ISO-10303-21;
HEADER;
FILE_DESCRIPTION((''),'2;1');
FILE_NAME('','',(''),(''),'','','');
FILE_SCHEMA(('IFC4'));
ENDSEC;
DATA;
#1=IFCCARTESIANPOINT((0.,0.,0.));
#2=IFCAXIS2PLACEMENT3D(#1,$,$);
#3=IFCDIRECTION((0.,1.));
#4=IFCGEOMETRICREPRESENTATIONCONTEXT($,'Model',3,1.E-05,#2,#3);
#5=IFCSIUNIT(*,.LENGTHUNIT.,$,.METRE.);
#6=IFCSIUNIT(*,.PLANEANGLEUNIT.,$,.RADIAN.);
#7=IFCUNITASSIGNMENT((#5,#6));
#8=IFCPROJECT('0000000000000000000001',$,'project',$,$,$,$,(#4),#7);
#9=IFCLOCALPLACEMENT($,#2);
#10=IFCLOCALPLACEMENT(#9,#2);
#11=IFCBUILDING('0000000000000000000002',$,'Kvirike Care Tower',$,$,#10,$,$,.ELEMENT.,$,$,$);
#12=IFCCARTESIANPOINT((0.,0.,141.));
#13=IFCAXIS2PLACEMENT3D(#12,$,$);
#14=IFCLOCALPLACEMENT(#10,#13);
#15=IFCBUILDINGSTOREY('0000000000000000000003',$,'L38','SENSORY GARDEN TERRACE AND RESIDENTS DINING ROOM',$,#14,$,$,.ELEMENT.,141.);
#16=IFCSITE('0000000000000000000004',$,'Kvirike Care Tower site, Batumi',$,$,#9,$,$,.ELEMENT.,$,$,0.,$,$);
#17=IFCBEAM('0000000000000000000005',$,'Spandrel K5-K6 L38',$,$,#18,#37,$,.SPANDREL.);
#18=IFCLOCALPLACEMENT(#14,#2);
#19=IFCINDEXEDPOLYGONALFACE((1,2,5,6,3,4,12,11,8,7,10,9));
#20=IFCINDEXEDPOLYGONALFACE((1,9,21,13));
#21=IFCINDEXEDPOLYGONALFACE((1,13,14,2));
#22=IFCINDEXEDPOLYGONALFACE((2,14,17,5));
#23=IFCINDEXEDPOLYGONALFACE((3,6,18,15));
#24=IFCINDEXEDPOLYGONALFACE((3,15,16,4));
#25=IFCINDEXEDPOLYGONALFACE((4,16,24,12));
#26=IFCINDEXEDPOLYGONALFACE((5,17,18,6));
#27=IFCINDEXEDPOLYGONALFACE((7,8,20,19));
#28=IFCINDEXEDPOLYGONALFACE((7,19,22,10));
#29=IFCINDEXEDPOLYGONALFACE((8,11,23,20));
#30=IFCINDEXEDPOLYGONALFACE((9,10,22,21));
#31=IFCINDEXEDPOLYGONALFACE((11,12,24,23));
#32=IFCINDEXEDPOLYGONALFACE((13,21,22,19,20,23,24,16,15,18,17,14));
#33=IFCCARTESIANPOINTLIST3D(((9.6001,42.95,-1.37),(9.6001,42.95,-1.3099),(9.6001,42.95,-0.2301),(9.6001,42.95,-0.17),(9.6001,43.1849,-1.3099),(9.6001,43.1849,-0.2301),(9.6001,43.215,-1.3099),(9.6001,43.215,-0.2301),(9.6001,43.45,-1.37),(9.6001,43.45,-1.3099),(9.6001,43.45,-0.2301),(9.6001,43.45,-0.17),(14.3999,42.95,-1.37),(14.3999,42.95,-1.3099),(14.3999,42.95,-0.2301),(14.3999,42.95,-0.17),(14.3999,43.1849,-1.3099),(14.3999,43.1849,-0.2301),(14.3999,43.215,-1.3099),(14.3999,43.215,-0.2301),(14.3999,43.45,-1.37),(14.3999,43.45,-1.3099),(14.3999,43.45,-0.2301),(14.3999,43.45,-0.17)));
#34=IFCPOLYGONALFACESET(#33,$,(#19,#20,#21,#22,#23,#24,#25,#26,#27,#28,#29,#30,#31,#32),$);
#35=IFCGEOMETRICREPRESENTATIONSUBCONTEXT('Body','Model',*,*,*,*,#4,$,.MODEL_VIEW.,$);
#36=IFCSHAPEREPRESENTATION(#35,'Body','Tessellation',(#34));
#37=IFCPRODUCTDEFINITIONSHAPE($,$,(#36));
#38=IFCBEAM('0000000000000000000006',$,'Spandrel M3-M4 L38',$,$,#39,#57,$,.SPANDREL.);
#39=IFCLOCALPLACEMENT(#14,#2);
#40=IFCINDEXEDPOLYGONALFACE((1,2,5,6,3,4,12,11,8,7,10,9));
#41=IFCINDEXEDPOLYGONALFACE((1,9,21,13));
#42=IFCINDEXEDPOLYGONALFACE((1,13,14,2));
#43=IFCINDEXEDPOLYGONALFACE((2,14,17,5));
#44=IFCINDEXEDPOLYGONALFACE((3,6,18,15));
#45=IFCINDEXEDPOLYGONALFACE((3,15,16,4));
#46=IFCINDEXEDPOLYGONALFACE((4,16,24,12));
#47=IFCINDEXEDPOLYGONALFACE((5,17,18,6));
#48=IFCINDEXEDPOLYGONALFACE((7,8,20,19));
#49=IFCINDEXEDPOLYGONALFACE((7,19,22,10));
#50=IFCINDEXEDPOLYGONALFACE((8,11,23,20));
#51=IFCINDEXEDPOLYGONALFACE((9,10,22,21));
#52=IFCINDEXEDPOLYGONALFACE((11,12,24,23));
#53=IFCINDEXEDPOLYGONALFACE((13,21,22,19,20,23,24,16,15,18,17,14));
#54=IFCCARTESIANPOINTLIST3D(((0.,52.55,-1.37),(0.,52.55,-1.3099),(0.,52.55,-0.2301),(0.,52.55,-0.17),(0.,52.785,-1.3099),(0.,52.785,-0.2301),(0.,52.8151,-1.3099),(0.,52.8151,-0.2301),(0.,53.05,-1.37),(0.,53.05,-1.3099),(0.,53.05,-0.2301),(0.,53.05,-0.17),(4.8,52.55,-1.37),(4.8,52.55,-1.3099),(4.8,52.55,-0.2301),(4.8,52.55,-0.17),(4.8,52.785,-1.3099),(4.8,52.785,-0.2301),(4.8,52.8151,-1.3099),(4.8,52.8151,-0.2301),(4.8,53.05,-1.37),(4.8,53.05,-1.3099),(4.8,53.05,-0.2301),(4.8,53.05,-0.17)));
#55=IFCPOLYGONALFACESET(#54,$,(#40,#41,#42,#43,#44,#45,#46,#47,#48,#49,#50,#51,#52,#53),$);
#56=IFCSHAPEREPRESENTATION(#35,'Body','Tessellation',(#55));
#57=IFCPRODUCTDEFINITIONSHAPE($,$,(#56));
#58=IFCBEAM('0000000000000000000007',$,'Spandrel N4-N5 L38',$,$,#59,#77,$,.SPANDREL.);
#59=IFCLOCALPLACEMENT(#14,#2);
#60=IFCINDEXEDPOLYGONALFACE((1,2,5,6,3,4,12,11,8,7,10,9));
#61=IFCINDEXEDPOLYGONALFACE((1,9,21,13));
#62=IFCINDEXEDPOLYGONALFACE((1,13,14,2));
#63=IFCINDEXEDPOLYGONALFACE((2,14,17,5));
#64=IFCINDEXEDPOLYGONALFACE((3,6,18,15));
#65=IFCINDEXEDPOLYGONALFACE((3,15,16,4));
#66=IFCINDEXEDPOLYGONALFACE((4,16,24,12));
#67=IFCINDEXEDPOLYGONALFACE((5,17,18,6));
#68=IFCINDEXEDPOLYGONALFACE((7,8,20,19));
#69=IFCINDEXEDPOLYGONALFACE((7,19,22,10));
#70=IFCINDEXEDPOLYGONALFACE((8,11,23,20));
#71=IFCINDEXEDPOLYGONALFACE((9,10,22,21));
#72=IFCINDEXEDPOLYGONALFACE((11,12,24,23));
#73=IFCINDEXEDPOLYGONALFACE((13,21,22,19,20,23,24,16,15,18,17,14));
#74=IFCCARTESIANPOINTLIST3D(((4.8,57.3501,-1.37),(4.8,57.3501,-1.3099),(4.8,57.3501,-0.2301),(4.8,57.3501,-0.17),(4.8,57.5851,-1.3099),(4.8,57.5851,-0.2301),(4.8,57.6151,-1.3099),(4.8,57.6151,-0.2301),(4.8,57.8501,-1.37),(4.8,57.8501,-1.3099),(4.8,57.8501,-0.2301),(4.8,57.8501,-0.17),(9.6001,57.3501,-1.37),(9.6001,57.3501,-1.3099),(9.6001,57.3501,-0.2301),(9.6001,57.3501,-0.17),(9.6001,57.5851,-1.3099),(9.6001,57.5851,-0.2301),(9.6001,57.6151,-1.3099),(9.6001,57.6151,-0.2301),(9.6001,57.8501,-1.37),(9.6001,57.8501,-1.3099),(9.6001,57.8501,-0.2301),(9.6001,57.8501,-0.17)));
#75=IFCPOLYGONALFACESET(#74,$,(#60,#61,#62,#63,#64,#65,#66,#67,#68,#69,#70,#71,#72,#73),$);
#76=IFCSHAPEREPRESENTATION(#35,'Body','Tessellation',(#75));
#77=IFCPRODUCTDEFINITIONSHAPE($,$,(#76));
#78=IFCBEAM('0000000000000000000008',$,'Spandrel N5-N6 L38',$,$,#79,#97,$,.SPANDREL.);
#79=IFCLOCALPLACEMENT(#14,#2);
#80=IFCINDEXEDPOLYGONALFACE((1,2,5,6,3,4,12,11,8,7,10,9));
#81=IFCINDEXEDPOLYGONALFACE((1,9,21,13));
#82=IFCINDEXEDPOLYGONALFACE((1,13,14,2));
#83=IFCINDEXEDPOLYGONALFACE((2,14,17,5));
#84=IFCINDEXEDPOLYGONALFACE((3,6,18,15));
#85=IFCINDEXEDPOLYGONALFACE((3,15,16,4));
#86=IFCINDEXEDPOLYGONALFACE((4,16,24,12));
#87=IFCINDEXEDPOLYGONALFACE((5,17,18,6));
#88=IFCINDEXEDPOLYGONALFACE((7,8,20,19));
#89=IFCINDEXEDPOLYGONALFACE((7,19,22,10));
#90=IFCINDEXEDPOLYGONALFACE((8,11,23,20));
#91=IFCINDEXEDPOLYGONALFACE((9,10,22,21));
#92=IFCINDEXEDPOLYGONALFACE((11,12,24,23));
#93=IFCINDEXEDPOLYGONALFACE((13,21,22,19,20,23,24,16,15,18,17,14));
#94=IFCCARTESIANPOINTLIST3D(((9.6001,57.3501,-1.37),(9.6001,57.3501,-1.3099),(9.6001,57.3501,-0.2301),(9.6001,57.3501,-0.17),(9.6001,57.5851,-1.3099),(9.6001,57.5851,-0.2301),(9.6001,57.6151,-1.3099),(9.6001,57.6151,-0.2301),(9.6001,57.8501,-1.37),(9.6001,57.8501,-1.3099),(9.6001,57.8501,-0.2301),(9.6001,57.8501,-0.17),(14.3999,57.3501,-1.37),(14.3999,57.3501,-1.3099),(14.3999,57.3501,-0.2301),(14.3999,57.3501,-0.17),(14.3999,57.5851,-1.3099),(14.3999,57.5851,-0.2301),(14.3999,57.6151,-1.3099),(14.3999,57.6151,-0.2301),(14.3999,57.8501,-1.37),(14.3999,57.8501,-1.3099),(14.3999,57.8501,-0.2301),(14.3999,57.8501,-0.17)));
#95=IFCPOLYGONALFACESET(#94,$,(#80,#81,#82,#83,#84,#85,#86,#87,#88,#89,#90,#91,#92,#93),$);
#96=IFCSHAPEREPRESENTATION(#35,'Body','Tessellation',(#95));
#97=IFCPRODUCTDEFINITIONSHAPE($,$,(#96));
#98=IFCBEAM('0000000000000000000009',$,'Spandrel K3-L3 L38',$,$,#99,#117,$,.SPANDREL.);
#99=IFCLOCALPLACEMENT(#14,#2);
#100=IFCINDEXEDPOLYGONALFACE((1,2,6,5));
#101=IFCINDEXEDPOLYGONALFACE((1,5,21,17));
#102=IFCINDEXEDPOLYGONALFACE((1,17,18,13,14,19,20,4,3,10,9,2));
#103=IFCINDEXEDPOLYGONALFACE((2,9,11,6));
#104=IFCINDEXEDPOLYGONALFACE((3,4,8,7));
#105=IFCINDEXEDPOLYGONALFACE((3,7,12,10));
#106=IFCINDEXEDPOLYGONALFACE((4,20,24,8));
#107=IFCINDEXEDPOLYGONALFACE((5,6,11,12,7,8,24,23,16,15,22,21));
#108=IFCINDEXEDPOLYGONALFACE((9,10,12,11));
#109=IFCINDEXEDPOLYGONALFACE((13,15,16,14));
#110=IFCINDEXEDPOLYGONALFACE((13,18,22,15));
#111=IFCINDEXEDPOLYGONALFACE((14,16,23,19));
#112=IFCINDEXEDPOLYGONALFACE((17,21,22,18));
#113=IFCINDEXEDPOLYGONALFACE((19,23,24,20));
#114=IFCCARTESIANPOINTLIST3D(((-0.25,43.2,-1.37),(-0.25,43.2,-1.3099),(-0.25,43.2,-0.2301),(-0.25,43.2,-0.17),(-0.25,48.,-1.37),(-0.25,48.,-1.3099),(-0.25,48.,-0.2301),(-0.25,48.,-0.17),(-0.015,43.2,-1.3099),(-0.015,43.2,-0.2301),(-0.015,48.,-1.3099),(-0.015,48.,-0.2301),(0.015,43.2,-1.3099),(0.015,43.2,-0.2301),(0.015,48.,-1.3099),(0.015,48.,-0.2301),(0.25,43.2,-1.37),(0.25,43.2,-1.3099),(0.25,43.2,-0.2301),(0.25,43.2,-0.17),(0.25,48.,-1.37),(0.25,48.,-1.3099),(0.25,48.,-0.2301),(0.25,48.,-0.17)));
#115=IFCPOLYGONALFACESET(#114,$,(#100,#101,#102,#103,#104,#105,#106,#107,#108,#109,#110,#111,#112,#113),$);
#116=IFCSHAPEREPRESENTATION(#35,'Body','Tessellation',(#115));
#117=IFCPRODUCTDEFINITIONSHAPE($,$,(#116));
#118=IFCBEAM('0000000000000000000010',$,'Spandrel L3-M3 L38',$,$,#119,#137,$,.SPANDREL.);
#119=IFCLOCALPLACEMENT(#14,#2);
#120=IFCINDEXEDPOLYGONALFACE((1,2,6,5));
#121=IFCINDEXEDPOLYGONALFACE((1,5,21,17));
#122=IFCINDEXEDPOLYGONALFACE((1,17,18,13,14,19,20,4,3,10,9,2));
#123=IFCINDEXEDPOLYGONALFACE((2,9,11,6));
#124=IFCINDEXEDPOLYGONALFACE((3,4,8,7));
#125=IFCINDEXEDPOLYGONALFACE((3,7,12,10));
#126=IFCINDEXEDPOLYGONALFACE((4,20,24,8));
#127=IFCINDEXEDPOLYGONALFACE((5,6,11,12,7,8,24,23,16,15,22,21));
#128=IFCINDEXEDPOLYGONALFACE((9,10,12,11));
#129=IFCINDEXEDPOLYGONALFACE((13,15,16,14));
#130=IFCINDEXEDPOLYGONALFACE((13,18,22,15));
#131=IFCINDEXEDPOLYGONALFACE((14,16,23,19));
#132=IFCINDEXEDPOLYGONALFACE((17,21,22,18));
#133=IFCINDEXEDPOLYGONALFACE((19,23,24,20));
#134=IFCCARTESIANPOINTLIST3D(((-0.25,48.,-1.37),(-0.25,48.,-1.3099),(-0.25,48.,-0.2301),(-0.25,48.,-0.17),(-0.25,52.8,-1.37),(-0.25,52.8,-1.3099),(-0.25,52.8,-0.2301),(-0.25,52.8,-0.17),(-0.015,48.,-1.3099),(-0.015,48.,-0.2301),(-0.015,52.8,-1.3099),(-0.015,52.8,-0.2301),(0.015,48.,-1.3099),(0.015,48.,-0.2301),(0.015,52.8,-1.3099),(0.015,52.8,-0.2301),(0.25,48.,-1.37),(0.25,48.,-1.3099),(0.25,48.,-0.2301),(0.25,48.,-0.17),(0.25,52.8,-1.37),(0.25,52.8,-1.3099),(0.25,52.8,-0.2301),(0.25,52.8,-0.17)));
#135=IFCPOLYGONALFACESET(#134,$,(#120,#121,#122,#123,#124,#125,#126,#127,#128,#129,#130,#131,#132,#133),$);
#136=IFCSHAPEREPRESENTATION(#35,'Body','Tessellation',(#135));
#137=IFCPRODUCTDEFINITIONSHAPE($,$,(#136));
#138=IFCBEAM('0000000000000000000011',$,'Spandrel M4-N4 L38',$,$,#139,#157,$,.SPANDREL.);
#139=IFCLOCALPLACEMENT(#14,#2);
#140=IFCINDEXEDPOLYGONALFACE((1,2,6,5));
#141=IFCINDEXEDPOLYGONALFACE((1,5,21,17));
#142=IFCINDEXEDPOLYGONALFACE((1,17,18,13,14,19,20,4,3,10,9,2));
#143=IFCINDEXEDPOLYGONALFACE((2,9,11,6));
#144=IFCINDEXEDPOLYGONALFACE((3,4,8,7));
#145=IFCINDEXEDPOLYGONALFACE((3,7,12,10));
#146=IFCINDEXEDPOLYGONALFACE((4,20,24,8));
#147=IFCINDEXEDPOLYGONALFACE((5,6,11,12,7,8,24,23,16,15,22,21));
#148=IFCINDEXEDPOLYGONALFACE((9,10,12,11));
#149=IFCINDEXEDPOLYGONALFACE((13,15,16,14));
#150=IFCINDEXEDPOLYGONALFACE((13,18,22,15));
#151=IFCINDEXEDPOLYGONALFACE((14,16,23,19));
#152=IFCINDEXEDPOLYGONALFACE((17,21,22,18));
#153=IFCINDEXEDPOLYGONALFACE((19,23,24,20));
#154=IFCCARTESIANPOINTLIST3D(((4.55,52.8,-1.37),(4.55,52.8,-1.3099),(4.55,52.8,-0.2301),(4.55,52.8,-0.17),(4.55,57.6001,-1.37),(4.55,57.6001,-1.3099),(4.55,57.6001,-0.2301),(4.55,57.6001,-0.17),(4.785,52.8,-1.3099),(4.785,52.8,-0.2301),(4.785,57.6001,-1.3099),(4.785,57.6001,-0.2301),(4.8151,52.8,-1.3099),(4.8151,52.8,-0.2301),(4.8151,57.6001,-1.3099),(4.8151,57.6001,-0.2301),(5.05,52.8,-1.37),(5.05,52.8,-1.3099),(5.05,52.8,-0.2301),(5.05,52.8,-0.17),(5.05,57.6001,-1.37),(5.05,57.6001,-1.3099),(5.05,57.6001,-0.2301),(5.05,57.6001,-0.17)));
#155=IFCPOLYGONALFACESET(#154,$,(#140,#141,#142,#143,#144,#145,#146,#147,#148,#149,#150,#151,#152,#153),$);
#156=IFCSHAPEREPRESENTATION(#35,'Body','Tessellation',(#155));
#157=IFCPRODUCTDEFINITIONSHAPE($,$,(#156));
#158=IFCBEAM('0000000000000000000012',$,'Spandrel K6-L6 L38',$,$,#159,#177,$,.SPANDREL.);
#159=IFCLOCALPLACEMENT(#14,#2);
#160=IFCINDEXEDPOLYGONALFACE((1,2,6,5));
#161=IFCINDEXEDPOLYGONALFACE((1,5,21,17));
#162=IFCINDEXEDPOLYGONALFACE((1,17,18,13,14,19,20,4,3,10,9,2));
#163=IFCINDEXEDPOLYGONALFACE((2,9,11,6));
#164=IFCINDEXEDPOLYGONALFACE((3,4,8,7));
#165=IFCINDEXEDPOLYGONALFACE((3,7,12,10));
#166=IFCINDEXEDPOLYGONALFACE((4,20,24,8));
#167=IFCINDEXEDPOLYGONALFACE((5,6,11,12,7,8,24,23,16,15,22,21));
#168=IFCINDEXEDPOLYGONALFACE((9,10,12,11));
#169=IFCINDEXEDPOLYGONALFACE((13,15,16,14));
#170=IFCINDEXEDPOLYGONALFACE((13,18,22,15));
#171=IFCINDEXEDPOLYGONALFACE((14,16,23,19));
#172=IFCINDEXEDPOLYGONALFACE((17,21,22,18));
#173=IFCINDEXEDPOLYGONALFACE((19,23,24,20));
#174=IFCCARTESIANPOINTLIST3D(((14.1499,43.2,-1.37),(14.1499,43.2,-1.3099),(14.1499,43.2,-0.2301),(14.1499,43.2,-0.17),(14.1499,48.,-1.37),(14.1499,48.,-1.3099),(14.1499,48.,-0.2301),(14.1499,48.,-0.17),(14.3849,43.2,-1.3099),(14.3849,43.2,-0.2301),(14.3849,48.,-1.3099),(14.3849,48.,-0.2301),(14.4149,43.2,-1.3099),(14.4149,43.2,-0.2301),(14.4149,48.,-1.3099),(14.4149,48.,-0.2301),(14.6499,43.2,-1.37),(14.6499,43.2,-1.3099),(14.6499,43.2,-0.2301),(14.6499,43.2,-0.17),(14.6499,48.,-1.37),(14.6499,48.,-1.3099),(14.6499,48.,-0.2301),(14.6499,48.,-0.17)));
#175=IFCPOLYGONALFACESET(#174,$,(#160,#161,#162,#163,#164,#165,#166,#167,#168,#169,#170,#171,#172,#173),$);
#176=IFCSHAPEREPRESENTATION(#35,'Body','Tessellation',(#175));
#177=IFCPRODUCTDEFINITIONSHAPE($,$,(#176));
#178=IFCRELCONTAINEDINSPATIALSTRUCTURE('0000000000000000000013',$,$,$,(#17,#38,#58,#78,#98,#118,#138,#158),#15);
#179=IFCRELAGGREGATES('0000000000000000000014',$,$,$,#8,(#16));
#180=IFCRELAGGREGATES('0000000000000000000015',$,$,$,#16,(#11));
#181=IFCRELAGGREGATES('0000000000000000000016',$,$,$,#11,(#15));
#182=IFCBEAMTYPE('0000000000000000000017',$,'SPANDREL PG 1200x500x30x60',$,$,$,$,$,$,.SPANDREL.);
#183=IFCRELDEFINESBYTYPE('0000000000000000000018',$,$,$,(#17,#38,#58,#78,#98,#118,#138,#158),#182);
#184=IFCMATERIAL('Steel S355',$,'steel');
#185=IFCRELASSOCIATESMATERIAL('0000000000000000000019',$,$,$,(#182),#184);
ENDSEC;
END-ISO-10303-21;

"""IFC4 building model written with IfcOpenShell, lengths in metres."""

from ifc_helpers import new_model, si_unit, direction, frame, origin, origin_2d, place, context, subcontext, project, spatial, i_section, extrude, material, material_profile, profile_set, type_object, element, save


model = new_model("IFC4")

# Units and contexts
model_context = context("Model", 3, precision=1e-05, world=origin(), true_north=direction((0.0, 1.0)))
body_context = subcontext(model_context, "Body", "Model", "MODEL_VIEW")
ifc_project = project(units=[si_unit("LENGTHUNIT", "METRE"), si_unit("PLANEANGLEUNIT", "RADIAN")], contexts=[model_context])

# Site, building, storey
site_placement = place(None, origin())
site = spatial("IfcSite", under=ifc_project, at=site_placement, Name="Kvirike Care Tower site, Batumi", CompositionType="ELEMENT", RefElevation=0.0)
building_placement = place(site_placement, origin())
building = spatial("IfcBuilding", under=site, at=building_placement, Name="Kvirike Care Tower", CompositionType="ELEMENT")
storey_placement = place(building_placement, frame((0.0, 0.0, 141.0)))
storey = spatial("IfcBuildingStorey", under=building, at=storey_placement, Name="L38", Description="SENSORY GARDEN TERRACE AND RESIDENTS DINING ROOM", CompositionType="ELEMENT", Elevation=141.0)

# Beams
ifc_material_1 = material(Name="Steel S355", Category="steel")
ifc_material_profile_1 = material_profile(ifc_material_1, i_section(OverallWidth=0.5, OverallDepth=1.2, WebThickness=0.03, FlangeThickness=0.0601, at=origin_2d()), Name="PG 1200x500x30x60")
ifc_profile_set_1 = profile_set([ifc_material_profile_1], Name="Steel S355")
beam_type_1 = type_object("IfcBeamType", Name="SPANDREL PG 1200x500x30x60", PredefinedType="SPANDREL", material=ifc_profile_set_1)
beam_1_placement = place(storey_placement, frame((9.6001, 43.2, -0.77), z_axis=(1.0, 0.0, 0.0), x_axis=(0.0, 1.0, 0.0)))
element("IfcBeam", 1, at=beam_1_placement, inside=storey, type_object=beam_type_1, Name="Spandrel K5-K6 L38", PredefinedType="SPANDREL", context=body_context, shape_type="SweptSolid", body=[
    extrude(i_section(OverallWidth=0.5, OverallDepth=1.2, WebThickness=0.03, FlangeThickness=0.0601, at=origin_2d()), origin(), (0.0, 0.0, 1.0), 4.7998),
])
for number, where, z_axis, x_axis, name in (
    (2, (0.0, 52.8, -0.77), (1.0, 0.0, 0.0), (0.0, 1.0, 0.0), "Spandrel M3-M4 L38"),
    (3, (4.8, 57.6001, -0.77), (1.0, 0.0, 0.0), (0.0, 1.0, 0.0), "Spandrel N4-N5 L38"),
):
    element("IfcBeam", number, at=place(storey_placement, frame(where, z_axis=z_axis, x_axis=x_axis)), inside=storey, type_object=beam_type_1, Name=name, PredefinedType="SPANDREL", context=body_context, shape_type="SweptSolid", body=[
        extrude(i_section(OverallWidth=0.5, OverallDepth=1.2, WebThickness=0.03, FlangeThickness=0.0601, at=origin_2d()), origin(), (0.0, 0.0, 1.0), 4.8),
    ])
beam_2_placement = place(storey_placement, frame((9.6001, 57.6001, -0.77), z_axis=(1.0, 0.0, 0.0), x_axis=(0.0, 1.0, 0.0)))
element("IfcBeam", 4, at=beam_2_placement, inside=storey, type_object=beam_type_1, Name="Spandrel N5-N6 L38", PredefinedType="SPANDREL", context=body_context, shape_type="SweptSolid", body=[
    extrude(i_section(OverallWidth=0.5, OverallDepth=1.2, WebThickness=0.03, FlangeThickness=0.0601, at=origin_2d()), origin(), (0.0, 0.0, 1.0), 4.7998),
])
for number, where, z_axis, x_axis, name in (
    (5, (0.0, 43.2, -0.77), (0.0, 1.0, 0.0), (-1.0, 0.0, 0.0), "Spandrel K3-L3 L38"),
    (6, (0.0, 48.0, -0.77), (0.0, 1.0, 0.0), (-1.0, 0.0, 0.0), "Spandrel L3-M3 L38"),
    (7, (4.8, 52.8, -0.77), (0.0, 1.0, 0.0), (-1.0, 0.0, 0.0), "Spandrel M4-N4 L38"),
    (8, (14.3999, 43.2, -0.77), (0.0, 1.0, 0.0), (-1.0, 0.0, 0.0), "Spandrel K6-L6 L38"),
):
    element("IfcBeam", number, at=place(storey_placement, frame(where, z_axis=z_axis, x_axis=x_axis)), inside=storey, type_object=beam_type_1, Name=name, PredefinedType="SPANDREL", context=body_context, shape_type="SweptSolid", body=[
        extrude(i_section(OverallWidth=0.5, OverallDepth=1.2, WebThickness=0.03, FlangeThickness=0.0601, at=origin_2d()), origin(), (0.0, 0.0, 1.0), 4.8),
    ])

save(model, "model.ifc")
